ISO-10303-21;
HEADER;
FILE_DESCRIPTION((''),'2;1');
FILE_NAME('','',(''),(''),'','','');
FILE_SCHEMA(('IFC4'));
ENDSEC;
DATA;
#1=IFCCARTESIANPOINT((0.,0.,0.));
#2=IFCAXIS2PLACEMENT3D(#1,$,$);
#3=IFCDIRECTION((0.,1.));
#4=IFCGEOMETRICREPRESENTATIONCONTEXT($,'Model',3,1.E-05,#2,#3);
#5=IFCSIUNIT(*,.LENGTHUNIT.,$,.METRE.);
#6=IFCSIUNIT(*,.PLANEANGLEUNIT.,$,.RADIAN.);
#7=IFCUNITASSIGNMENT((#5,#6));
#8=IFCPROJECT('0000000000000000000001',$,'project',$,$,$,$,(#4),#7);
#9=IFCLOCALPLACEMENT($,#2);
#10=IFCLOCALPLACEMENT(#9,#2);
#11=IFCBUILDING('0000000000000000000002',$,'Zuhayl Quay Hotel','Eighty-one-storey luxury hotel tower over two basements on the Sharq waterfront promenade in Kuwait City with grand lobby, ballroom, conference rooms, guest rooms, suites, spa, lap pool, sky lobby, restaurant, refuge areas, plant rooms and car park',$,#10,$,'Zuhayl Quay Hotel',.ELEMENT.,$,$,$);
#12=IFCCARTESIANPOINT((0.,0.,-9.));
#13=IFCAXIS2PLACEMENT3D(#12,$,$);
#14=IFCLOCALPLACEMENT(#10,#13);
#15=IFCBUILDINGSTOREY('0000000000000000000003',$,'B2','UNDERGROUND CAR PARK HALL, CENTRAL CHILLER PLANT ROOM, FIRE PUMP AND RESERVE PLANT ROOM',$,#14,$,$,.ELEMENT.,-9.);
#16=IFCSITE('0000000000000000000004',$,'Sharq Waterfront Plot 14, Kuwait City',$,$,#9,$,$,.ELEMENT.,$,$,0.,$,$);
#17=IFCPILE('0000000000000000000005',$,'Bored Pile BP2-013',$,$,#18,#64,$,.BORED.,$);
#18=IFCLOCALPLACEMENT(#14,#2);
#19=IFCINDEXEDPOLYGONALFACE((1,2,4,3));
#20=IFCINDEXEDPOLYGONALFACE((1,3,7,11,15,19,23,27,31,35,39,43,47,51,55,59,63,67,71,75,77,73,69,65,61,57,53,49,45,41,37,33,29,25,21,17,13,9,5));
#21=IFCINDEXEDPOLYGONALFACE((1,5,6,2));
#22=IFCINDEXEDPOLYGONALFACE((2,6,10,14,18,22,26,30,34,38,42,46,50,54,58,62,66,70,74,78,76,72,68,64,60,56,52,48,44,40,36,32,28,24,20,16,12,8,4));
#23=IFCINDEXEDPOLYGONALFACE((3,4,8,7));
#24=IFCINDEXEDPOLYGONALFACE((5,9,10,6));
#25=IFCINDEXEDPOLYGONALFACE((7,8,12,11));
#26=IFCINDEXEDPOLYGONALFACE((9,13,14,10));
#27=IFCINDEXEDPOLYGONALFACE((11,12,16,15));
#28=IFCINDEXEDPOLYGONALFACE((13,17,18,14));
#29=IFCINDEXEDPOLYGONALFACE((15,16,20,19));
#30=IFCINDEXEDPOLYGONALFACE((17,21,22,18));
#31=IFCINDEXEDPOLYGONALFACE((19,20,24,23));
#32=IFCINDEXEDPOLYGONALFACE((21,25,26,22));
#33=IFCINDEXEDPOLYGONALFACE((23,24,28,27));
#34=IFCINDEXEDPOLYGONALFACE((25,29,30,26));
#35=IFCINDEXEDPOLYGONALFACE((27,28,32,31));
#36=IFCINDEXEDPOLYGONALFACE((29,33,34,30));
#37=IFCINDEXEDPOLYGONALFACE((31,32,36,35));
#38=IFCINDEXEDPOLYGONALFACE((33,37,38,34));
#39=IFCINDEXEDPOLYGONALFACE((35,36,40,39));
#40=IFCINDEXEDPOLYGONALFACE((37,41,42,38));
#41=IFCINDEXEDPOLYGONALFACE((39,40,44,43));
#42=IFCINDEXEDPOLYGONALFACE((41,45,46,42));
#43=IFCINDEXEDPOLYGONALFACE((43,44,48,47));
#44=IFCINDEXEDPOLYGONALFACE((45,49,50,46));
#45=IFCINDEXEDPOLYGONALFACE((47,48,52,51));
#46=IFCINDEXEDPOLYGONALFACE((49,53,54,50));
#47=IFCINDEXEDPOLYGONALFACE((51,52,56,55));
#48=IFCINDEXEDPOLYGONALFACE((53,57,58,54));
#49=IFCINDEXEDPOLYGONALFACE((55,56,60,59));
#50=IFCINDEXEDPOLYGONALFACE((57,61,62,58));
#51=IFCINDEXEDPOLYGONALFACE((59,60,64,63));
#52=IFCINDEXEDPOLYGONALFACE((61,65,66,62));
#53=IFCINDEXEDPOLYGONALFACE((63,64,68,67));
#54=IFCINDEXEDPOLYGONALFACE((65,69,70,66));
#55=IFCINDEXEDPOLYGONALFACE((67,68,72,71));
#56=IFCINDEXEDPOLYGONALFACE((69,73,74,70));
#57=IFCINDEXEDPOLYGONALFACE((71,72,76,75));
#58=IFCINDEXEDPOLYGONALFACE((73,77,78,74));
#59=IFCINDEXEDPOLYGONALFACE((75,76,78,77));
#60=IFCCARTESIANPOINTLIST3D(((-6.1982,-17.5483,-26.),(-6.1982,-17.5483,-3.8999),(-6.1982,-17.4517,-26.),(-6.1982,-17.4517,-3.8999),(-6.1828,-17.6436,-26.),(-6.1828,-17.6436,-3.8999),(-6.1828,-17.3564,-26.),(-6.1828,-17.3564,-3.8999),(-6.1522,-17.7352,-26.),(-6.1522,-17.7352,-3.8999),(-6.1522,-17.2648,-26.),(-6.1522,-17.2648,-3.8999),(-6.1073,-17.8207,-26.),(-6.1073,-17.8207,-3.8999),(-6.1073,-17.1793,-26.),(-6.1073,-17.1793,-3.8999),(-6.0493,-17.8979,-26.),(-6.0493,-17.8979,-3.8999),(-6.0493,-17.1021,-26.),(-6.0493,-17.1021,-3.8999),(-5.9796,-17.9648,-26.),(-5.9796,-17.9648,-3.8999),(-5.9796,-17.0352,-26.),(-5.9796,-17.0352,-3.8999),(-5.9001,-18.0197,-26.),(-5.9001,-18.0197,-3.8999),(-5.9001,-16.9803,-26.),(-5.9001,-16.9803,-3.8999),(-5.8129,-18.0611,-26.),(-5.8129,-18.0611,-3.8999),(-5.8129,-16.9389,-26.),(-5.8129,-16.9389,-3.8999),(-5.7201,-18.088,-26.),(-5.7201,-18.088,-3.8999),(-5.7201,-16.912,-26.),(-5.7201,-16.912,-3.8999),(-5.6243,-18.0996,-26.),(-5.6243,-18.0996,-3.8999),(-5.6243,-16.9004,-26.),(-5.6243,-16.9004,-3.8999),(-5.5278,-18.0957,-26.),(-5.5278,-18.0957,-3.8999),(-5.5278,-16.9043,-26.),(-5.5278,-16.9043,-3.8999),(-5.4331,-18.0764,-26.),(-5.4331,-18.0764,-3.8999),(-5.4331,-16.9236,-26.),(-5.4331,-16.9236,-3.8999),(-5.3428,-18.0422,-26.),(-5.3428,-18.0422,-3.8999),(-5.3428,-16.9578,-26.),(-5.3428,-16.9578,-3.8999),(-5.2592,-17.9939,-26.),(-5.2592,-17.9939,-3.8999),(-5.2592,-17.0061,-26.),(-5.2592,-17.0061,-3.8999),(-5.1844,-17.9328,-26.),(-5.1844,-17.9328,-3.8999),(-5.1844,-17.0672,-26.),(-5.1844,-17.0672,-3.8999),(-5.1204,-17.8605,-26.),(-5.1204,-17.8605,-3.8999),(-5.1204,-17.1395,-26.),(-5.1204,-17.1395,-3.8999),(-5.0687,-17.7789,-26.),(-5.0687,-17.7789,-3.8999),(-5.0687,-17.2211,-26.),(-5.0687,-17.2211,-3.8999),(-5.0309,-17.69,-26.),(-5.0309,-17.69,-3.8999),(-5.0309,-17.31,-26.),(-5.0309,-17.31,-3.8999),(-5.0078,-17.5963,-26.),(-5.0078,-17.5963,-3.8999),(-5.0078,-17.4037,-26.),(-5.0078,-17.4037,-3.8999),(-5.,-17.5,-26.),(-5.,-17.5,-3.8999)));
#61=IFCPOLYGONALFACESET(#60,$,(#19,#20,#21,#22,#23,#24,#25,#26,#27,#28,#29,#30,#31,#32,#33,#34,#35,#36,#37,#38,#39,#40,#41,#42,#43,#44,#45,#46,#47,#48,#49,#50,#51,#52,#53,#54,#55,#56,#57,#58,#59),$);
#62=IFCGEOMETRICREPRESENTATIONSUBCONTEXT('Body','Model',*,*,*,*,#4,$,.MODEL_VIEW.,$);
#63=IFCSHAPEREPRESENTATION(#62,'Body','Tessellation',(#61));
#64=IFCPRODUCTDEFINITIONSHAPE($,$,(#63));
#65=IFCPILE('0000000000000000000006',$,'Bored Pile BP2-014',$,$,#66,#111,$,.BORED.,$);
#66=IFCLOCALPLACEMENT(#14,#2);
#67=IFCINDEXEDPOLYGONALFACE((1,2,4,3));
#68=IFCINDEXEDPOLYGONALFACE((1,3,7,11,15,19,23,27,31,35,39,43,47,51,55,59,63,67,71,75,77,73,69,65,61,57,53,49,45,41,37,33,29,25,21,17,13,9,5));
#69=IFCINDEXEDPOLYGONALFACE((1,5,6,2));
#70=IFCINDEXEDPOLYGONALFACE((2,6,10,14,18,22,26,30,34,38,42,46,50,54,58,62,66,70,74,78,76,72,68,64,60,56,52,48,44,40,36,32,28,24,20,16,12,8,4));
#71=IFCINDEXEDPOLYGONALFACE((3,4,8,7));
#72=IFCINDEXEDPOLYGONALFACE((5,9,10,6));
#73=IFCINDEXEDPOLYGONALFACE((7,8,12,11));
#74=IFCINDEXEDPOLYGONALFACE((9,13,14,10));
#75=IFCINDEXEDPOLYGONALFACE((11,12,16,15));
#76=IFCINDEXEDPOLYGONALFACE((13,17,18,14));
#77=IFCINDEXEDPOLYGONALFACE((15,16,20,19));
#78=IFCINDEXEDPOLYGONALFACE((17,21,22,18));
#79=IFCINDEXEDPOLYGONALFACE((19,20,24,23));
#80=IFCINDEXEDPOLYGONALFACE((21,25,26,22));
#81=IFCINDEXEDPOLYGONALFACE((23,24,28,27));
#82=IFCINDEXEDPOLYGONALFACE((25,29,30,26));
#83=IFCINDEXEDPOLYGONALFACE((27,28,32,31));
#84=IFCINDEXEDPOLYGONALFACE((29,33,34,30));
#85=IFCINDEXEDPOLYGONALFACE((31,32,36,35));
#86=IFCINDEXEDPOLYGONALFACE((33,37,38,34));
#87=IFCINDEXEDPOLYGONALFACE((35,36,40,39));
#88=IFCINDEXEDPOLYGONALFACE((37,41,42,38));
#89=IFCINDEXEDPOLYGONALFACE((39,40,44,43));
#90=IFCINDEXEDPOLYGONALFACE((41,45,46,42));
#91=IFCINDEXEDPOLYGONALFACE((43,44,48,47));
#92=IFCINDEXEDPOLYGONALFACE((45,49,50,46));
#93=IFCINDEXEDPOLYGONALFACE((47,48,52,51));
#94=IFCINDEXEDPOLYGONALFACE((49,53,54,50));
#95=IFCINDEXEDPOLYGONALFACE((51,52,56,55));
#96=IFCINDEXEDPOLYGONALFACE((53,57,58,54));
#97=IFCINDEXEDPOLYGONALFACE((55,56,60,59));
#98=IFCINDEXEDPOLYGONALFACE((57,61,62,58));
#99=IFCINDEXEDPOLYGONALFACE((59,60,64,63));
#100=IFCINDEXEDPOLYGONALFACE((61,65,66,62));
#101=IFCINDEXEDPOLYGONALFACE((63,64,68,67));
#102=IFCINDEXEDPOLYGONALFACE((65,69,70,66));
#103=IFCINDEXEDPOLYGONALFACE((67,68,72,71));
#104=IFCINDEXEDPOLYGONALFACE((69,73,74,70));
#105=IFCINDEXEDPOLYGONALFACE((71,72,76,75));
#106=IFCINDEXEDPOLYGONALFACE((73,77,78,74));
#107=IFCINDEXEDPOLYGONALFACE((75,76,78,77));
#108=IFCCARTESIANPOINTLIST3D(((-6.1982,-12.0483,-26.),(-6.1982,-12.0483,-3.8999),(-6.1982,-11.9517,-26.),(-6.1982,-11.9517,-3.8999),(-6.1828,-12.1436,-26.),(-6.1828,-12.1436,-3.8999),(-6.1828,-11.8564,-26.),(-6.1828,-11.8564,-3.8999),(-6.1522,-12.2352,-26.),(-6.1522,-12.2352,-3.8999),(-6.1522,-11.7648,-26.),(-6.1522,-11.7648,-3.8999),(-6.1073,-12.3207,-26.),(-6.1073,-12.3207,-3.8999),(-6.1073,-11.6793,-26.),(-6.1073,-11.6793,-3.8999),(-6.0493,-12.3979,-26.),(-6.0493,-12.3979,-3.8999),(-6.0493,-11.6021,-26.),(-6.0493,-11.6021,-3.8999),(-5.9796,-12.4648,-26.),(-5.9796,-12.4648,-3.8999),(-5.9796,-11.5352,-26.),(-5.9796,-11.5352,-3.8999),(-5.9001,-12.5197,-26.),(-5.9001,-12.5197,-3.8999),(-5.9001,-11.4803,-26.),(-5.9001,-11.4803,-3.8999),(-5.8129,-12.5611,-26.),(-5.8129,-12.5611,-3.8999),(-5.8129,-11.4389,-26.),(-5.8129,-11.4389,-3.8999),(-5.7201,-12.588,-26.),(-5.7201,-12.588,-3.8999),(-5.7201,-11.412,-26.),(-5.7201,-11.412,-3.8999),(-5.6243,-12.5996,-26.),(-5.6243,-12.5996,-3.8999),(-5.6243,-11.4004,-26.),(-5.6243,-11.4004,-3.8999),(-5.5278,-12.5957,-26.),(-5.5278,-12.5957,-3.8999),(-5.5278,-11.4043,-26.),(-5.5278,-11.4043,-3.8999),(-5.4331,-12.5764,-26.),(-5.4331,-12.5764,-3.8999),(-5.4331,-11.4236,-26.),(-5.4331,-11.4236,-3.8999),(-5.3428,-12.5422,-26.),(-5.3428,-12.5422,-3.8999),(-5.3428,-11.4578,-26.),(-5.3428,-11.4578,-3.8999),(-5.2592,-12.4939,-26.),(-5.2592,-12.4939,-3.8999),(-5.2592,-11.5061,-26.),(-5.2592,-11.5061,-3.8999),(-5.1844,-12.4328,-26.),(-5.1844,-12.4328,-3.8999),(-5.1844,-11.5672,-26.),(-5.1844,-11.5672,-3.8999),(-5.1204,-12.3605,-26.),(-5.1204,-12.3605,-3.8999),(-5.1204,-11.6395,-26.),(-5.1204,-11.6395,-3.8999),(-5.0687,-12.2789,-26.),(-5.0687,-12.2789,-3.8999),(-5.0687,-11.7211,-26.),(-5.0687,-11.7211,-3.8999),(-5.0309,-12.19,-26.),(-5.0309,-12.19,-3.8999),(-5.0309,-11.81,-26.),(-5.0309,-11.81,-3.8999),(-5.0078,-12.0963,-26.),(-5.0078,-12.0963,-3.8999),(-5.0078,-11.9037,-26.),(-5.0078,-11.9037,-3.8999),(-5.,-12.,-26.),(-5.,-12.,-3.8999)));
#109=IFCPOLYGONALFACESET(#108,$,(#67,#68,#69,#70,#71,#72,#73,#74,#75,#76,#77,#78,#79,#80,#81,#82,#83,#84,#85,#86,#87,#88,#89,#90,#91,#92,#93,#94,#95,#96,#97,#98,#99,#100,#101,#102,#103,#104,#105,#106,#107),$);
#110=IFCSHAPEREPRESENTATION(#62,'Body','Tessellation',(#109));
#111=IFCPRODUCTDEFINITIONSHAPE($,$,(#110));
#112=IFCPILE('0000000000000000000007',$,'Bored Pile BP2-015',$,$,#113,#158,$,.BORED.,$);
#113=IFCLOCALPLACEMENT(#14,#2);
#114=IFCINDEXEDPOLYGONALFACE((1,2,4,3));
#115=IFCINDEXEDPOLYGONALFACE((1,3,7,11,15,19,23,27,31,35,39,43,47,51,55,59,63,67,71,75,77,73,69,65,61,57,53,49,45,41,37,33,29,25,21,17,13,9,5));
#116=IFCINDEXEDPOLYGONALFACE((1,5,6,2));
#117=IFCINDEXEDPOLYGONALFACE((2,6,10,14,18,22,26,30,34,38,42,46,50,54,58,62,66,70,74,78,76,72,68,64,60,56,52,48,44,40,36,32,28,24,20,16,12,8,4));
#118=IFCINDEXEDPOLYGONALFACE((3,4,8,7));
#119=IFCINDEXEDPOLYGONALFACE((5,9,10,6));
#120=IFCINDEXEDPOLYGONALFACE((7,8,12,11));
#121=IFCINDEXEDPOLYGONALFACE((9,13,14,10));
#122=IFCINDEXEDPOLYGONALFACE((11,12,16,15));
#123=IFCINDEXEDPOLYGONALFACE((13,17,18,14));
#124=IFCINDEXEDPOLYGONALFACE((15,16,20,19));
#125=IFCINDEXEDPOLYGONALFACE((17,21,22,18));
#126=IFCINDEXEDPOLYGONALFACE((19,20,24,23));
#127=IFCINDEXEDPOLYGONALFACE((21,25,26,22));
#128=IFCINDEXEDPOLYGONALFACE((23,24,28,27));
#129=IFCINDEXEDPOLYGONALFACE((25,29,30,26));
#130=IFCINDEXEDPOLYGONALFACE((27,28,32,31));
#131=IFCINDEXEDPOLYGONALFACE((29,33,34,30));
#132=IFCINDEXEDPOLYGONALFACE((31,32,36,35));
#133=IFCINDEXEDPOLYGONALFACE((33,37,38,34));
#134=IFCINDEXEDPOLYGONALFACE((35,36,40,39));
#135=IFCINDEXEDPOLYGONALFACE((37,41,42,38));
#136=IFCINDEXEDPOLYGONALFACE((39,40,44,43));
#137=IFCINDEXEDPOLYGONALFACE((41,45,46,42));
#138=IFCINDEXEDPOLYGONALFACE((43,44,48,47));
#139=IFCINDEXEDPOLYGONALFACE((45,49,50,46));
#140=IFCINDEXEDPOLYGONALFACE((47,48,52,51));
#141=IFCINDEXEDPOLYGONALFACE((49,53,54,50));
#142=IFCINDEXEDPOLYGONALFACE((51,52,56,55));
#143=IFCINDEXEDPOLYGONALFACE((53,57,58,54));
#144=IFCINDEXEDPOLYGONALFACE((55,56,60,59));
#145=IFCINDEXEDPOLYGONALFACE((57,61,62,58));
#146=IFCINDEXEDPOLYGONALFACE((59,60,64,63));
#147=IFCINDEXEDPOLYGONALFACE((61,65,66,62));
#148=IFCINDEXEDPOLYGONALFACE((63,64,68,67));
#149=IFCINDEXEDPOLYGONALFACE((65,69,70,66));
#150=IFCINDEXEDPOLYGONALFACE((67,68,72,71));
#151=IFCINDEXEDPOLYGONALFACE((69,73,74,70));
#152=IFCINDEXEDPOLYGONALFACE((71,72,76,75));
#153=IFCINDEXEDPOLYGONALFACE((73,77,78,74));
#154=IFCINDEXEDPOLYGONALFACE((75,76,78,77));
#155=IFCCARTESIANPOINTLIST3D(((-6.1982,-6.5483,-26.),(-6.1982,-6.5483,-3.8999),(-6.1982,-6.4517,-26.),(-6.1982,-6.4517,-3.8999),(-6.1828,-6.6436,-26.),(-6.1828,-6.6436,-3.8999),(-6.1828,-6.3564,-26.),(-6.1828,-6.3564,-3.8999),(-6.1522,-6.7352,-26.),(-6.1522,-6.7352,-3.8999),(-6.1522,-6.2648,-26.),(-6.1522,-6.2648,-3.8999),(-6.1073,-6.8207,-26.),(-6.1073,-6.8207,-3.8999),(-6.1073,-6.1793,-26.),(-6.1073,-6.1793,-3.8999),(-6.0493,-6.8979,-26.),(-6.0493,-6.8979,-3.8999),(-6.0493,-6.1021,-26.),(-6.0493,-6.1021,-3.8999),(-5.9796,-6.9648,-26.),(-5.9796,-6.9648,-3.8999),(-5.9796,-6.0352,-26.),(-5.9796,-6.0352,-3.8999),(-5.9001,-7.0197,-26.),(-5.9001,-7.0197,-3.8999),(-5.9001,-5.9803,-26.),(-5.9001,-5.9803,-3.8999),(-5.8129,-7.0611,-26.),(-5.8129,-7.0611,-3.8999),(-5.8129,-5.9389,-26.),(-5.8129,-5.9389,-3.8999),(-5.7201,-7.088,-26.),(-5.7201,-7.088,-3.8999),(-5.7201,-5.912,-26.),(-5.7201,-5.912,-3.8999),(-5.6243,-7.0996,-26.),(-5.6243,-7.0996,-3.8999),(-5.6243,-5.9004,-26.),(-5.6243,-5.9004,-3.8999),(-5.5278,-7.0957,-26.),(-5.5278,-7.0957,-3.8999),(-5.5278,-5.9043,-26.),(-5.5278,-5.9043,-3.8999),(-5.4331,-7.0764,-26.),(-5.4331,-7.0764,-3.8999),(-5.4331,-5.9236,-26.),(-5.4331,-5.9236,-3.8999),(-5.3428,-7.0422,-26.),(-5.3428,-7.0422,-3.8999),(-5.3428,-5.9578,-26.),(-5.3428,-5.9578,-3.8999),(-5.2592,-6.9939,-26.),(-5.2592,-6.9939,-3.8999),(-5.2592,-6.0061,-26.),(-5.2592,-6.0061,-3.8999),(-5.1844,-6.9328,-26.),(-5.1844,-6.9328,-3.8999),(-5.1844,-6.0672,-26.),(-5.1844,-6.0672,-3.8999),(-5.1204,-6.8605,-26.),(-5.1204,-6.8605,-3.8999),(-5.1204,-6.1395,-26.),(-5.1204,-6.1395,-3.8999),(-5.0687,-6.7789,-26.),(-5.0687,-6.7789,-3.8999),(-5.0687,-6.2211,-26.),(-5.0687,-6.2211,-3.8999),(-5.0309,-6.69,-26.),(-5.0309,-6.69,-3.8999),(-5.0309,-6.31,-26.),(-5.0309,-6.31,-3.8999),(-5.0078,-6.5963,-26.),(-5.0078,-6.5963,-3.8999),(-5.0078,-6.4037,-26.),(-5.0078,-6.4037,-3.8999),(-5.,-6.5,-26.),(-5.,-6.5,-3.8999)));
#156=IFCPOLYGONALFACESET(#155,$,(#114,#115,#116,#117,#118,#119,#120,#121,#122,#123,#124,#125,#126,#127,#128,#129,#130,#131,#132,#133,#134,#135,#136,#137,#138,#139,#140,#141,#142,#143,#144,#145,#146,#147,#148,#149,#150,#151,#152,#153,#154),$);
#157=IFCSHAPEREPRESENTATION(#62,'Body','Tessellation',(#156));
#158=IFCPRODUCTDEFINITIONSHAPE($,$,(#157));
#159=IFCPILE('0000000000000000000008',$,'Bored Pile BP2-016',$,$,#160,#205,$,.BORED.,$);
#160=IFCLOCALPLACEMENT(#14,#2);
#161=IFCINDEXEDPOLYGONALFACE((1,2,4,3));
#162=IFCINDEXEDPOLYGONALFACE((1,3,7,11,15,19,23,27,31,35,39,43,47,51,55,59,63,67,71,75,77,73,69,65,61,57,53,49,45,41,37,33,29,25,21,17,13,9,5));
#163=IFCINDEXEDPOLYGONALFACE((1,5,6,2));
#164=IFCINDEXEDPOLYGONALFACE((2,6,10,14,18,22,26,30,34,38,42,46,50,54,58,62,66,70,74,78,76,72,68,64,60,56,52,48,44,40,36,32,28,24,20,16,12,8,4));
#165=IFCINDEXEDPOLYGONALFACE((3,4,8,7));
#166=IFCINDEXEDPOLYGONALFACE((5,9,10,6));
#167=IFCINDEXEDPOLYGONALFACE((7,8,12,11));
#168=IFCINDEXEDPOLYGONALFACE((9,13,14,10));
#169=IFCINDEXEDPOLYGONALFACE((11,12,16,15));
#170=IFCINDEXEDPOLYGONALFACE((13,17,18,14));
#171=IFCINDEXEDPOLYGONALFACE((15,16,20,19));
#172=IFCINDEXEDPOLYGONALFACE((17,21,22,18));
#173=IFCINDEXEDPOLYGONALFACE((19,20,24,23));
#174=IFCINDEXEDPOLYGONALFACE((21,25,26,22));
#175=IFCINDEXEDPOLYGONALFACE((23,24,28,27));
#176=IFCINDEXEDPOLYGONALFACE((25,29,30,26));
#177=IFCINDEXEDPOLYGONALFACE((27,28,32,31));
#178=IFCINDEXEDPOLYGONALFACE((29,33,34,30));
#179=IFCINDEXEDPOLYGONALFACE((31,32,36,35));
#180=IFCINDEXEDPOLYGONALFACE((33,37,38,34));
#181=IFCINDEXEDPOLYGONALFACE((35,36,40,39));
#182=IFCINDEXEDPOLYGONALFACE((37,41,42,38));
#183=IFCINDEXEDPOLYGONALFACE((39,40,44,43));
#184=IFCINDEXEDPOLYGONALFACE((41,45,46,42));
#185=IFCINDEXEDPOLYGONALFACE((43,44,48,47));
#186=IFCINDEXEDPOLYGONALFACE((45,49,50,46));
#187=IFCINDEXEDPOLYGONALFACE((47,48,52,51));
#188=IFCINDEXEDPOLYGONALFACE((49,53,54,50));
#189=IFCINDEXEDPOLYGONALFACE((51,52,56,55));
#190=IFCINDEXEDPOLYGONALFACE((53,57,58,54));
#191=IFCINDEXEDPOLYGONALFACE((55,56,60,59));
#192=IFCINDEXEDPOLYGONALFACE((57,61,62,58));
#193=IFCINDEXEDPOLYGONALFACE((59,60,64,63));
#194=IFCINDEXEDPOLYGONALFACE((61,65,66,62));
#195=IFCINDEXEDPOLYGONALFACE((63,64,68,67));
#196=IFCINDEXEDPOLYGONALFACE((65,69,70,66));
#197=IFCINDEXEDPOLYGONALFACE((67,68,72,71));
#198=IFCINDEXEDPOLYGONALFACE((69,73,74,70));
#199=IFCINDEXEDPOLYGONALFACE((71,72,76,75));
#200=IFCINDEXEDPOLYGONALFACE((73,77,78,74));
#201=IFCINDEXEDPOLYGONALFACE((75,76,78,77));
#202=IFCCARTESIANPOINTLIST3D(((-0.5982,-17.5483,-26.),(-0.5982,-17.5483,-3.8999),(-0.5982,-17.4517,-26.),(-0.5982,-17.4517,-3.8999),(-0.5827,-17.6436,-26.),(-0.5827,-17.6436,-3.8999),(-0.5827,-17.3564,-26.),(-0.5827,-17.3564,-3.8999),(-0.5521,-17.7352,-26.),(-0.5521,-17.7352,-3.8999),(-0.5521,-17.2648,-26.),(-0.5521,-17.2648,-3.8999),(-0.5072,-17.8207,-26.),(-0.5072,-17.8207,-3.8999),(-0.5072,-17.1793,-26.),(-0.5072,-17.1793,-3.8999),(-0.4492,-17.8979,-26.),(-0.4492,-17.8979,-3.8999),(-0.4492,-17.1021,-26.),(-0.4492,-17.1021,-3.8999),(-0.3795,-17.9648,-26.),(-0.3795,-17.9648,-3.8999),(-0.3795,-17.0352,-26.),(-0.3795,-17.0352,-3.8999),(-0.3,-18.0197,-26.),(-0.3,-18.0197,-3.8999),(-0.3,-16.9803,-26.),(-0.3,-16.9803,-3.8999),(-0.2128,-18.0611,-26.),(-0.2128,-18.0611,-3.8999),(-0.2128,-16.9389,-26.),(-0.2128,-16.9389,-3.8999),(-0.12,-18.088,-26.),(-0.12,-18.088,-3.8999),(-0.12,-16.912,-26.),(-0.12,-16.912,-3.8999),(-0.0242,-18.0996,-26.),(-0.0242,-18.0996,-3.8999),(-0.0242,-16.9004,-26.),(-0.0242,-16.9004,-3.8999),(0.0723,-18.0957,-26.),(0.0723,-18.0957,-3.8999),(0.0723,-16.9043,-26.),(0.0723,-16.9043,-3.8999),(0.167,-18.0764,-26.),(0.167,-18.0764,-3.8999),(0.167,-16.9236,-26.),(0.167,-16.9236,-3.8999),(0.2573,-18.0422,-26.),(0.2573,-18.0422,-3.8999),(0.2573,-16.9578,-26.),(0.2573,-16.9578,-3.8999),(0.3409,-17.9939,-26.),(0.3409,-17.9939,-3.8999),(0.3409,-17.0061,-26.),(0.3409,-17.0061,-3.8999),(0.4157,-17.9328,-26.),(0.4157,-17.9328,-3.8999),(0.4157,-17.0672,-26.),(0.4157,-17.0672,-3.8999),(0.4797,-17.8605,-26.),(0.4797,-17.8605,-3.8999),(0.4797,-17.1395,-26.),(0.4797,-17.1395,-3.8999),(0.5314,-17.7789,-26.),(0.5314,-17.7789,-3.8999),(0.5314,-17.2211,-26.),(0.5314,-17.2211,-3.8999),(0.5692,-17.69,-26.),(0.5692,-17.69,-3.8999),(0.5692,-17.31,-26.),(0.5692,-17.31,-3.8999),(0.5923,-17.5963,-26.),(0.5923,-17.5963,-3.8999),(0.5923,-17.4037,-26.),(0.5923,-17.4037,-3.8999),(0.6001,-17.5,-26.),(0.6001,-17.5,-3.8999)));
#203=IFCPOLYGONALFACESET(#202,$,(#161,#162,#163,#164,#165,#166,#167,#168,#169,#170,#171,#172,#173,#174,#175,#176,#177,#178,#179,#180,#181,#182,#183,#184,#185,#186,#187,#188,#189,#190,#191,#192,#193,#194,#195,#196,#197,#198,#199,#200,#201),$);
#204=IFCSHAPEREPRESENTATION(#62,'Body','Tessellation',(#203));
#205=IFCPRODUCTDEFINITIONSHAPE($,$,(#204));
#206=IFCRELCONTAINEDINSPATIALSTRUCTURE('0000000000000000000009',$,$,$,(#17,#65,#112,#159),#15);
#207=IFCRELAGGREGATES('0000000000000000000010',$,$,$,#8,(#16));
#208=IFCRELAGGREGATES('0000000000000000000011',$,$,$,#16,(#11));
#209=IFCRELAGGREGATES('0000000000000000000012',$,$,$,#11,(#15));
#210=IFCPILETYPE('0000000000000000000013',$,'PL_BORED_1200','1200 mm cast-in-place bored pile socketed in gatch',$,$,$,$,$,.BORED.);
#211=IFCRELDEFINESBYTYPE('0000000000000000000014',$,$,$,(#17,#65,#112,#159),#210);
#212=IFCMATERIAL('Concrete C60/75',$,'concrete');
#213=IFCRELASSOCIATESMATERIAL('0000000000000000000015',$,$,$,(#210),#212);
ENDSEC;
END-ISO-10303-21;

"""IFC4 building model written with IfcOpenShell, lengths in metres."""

from ifc_helpers import new_model, si_unit, direction, frame, origin, origin_2d, place, context, subcontext, project, spatial, circle, extrude, material, material_profile, profile_set, type_object, element, save


model = new_model("IFC4")

# Units and contexts
model_context = context("Model", 3, precision=1e-05, world=origin(), true_north=direction((0.0, 1.0)))
body_context = subcontext(model_context, "Body", "Model", "MODEL_VIEW")
ifc_project = project(units=[si_unit("LENGTHUNIT", "METRE"), si_unit("PLANEANGLEUNIT", "RADIAN")], contexts=[model_context])

# Site, building, storey
site_placement = place(None, origin())
site = spatial("IfcSite", under=ifc_project, at=site_placement, Name="Sharq Waterfront Plot 14, Kuwait City", CompositionType="ELEMENT", RefElevation=0.0)
building_placement = place(site_placement, origin())
building = spatial("IfcBuilding", under=site, at=building_placement, Name="Zuhayl Quay Hotel", Description="Eighty-one-storey luxury hotel tower over two basements on the Sharq waterfront promenade in Kuwait City with grand lobby, ballroom, conference rooms, guest rooms, suites, spa, lap pool, sky lobby, restaurant, refuge areas, plant rooms and car park", LongName="Zuhayl Quay Hotel", CompositionType="ELEMENT")
storey_placement = place(building_placement, frame((0.0, 0.0, -9.0)))
storey = spatial("IfcBuildingStorey", under=building, at=storey_placement, Name="B2", Description="UNDERGROUND CAR PARK HALL, CENTRAL CHILLER PLANT ROOM, FIRE PUMP AND RESERVE PLANT ROOM", CompositionType="ELEMENT", Elevation=-9.0)

# Piles
ifc_material_1 = material(Name="Concrete C60/75", Category="concrete")
ifc_material_profile_1 = material_profile(ifc_material_1, circle(Radius=0.6001, at=origin_2d()), Name="PILE1200")
ifc_profile_set_1 = profile_set([ifc_material_profile_1], Name="Concrete C60/75")
pile_type_1 = type_object("IfcPileType", Name="PL_BORED_1200", Description="1200 mm cast-in-place bored pile socketed in gatch", PredefinedType="BORED", material=ifc_profile_set_1)
for number, where, z_axis, x_axis, name in (
    (1, (-5.6001, -17.5, -3.8999), (0.0, 0.0, -1.0), (1.0, 0.0, 0.0), "Bored Pile BP2-013"),
    (2, (-5.6001, -12.0, -3.8999), (0.0, 0.0, -1.0), (1.0, 0.0, 0.0), "Bored Pile BP2-014"),
    (3, (-5.6001, -6.5, -3.8999), (0.0, 0.0, -1.0), (1.0, 0.0, 0.0), "Bored Pile BP2-015"),
    (4, (0.0, -17.5, -3.8999), (0.0, 0.0, -1.0), (1.0, 0.0, 0.0), "Bored Pile BP2-016"),
):
    element("IfcPile", number, at=place(storey_placement, frame(where, z_axis=z_axis, x_axis=x_axis)), inside=storey, type_object=pile_type_1, Name=name, PredefinedType="BORED", context=body_context, shape_type="SweptSolid", body=[
        extrude(circle(Radius=0.6001, at=origin_2d()), origin(), (0.0, 0.0, 1.0), 22.1001),
    ])

save(model, "model.ifc")
